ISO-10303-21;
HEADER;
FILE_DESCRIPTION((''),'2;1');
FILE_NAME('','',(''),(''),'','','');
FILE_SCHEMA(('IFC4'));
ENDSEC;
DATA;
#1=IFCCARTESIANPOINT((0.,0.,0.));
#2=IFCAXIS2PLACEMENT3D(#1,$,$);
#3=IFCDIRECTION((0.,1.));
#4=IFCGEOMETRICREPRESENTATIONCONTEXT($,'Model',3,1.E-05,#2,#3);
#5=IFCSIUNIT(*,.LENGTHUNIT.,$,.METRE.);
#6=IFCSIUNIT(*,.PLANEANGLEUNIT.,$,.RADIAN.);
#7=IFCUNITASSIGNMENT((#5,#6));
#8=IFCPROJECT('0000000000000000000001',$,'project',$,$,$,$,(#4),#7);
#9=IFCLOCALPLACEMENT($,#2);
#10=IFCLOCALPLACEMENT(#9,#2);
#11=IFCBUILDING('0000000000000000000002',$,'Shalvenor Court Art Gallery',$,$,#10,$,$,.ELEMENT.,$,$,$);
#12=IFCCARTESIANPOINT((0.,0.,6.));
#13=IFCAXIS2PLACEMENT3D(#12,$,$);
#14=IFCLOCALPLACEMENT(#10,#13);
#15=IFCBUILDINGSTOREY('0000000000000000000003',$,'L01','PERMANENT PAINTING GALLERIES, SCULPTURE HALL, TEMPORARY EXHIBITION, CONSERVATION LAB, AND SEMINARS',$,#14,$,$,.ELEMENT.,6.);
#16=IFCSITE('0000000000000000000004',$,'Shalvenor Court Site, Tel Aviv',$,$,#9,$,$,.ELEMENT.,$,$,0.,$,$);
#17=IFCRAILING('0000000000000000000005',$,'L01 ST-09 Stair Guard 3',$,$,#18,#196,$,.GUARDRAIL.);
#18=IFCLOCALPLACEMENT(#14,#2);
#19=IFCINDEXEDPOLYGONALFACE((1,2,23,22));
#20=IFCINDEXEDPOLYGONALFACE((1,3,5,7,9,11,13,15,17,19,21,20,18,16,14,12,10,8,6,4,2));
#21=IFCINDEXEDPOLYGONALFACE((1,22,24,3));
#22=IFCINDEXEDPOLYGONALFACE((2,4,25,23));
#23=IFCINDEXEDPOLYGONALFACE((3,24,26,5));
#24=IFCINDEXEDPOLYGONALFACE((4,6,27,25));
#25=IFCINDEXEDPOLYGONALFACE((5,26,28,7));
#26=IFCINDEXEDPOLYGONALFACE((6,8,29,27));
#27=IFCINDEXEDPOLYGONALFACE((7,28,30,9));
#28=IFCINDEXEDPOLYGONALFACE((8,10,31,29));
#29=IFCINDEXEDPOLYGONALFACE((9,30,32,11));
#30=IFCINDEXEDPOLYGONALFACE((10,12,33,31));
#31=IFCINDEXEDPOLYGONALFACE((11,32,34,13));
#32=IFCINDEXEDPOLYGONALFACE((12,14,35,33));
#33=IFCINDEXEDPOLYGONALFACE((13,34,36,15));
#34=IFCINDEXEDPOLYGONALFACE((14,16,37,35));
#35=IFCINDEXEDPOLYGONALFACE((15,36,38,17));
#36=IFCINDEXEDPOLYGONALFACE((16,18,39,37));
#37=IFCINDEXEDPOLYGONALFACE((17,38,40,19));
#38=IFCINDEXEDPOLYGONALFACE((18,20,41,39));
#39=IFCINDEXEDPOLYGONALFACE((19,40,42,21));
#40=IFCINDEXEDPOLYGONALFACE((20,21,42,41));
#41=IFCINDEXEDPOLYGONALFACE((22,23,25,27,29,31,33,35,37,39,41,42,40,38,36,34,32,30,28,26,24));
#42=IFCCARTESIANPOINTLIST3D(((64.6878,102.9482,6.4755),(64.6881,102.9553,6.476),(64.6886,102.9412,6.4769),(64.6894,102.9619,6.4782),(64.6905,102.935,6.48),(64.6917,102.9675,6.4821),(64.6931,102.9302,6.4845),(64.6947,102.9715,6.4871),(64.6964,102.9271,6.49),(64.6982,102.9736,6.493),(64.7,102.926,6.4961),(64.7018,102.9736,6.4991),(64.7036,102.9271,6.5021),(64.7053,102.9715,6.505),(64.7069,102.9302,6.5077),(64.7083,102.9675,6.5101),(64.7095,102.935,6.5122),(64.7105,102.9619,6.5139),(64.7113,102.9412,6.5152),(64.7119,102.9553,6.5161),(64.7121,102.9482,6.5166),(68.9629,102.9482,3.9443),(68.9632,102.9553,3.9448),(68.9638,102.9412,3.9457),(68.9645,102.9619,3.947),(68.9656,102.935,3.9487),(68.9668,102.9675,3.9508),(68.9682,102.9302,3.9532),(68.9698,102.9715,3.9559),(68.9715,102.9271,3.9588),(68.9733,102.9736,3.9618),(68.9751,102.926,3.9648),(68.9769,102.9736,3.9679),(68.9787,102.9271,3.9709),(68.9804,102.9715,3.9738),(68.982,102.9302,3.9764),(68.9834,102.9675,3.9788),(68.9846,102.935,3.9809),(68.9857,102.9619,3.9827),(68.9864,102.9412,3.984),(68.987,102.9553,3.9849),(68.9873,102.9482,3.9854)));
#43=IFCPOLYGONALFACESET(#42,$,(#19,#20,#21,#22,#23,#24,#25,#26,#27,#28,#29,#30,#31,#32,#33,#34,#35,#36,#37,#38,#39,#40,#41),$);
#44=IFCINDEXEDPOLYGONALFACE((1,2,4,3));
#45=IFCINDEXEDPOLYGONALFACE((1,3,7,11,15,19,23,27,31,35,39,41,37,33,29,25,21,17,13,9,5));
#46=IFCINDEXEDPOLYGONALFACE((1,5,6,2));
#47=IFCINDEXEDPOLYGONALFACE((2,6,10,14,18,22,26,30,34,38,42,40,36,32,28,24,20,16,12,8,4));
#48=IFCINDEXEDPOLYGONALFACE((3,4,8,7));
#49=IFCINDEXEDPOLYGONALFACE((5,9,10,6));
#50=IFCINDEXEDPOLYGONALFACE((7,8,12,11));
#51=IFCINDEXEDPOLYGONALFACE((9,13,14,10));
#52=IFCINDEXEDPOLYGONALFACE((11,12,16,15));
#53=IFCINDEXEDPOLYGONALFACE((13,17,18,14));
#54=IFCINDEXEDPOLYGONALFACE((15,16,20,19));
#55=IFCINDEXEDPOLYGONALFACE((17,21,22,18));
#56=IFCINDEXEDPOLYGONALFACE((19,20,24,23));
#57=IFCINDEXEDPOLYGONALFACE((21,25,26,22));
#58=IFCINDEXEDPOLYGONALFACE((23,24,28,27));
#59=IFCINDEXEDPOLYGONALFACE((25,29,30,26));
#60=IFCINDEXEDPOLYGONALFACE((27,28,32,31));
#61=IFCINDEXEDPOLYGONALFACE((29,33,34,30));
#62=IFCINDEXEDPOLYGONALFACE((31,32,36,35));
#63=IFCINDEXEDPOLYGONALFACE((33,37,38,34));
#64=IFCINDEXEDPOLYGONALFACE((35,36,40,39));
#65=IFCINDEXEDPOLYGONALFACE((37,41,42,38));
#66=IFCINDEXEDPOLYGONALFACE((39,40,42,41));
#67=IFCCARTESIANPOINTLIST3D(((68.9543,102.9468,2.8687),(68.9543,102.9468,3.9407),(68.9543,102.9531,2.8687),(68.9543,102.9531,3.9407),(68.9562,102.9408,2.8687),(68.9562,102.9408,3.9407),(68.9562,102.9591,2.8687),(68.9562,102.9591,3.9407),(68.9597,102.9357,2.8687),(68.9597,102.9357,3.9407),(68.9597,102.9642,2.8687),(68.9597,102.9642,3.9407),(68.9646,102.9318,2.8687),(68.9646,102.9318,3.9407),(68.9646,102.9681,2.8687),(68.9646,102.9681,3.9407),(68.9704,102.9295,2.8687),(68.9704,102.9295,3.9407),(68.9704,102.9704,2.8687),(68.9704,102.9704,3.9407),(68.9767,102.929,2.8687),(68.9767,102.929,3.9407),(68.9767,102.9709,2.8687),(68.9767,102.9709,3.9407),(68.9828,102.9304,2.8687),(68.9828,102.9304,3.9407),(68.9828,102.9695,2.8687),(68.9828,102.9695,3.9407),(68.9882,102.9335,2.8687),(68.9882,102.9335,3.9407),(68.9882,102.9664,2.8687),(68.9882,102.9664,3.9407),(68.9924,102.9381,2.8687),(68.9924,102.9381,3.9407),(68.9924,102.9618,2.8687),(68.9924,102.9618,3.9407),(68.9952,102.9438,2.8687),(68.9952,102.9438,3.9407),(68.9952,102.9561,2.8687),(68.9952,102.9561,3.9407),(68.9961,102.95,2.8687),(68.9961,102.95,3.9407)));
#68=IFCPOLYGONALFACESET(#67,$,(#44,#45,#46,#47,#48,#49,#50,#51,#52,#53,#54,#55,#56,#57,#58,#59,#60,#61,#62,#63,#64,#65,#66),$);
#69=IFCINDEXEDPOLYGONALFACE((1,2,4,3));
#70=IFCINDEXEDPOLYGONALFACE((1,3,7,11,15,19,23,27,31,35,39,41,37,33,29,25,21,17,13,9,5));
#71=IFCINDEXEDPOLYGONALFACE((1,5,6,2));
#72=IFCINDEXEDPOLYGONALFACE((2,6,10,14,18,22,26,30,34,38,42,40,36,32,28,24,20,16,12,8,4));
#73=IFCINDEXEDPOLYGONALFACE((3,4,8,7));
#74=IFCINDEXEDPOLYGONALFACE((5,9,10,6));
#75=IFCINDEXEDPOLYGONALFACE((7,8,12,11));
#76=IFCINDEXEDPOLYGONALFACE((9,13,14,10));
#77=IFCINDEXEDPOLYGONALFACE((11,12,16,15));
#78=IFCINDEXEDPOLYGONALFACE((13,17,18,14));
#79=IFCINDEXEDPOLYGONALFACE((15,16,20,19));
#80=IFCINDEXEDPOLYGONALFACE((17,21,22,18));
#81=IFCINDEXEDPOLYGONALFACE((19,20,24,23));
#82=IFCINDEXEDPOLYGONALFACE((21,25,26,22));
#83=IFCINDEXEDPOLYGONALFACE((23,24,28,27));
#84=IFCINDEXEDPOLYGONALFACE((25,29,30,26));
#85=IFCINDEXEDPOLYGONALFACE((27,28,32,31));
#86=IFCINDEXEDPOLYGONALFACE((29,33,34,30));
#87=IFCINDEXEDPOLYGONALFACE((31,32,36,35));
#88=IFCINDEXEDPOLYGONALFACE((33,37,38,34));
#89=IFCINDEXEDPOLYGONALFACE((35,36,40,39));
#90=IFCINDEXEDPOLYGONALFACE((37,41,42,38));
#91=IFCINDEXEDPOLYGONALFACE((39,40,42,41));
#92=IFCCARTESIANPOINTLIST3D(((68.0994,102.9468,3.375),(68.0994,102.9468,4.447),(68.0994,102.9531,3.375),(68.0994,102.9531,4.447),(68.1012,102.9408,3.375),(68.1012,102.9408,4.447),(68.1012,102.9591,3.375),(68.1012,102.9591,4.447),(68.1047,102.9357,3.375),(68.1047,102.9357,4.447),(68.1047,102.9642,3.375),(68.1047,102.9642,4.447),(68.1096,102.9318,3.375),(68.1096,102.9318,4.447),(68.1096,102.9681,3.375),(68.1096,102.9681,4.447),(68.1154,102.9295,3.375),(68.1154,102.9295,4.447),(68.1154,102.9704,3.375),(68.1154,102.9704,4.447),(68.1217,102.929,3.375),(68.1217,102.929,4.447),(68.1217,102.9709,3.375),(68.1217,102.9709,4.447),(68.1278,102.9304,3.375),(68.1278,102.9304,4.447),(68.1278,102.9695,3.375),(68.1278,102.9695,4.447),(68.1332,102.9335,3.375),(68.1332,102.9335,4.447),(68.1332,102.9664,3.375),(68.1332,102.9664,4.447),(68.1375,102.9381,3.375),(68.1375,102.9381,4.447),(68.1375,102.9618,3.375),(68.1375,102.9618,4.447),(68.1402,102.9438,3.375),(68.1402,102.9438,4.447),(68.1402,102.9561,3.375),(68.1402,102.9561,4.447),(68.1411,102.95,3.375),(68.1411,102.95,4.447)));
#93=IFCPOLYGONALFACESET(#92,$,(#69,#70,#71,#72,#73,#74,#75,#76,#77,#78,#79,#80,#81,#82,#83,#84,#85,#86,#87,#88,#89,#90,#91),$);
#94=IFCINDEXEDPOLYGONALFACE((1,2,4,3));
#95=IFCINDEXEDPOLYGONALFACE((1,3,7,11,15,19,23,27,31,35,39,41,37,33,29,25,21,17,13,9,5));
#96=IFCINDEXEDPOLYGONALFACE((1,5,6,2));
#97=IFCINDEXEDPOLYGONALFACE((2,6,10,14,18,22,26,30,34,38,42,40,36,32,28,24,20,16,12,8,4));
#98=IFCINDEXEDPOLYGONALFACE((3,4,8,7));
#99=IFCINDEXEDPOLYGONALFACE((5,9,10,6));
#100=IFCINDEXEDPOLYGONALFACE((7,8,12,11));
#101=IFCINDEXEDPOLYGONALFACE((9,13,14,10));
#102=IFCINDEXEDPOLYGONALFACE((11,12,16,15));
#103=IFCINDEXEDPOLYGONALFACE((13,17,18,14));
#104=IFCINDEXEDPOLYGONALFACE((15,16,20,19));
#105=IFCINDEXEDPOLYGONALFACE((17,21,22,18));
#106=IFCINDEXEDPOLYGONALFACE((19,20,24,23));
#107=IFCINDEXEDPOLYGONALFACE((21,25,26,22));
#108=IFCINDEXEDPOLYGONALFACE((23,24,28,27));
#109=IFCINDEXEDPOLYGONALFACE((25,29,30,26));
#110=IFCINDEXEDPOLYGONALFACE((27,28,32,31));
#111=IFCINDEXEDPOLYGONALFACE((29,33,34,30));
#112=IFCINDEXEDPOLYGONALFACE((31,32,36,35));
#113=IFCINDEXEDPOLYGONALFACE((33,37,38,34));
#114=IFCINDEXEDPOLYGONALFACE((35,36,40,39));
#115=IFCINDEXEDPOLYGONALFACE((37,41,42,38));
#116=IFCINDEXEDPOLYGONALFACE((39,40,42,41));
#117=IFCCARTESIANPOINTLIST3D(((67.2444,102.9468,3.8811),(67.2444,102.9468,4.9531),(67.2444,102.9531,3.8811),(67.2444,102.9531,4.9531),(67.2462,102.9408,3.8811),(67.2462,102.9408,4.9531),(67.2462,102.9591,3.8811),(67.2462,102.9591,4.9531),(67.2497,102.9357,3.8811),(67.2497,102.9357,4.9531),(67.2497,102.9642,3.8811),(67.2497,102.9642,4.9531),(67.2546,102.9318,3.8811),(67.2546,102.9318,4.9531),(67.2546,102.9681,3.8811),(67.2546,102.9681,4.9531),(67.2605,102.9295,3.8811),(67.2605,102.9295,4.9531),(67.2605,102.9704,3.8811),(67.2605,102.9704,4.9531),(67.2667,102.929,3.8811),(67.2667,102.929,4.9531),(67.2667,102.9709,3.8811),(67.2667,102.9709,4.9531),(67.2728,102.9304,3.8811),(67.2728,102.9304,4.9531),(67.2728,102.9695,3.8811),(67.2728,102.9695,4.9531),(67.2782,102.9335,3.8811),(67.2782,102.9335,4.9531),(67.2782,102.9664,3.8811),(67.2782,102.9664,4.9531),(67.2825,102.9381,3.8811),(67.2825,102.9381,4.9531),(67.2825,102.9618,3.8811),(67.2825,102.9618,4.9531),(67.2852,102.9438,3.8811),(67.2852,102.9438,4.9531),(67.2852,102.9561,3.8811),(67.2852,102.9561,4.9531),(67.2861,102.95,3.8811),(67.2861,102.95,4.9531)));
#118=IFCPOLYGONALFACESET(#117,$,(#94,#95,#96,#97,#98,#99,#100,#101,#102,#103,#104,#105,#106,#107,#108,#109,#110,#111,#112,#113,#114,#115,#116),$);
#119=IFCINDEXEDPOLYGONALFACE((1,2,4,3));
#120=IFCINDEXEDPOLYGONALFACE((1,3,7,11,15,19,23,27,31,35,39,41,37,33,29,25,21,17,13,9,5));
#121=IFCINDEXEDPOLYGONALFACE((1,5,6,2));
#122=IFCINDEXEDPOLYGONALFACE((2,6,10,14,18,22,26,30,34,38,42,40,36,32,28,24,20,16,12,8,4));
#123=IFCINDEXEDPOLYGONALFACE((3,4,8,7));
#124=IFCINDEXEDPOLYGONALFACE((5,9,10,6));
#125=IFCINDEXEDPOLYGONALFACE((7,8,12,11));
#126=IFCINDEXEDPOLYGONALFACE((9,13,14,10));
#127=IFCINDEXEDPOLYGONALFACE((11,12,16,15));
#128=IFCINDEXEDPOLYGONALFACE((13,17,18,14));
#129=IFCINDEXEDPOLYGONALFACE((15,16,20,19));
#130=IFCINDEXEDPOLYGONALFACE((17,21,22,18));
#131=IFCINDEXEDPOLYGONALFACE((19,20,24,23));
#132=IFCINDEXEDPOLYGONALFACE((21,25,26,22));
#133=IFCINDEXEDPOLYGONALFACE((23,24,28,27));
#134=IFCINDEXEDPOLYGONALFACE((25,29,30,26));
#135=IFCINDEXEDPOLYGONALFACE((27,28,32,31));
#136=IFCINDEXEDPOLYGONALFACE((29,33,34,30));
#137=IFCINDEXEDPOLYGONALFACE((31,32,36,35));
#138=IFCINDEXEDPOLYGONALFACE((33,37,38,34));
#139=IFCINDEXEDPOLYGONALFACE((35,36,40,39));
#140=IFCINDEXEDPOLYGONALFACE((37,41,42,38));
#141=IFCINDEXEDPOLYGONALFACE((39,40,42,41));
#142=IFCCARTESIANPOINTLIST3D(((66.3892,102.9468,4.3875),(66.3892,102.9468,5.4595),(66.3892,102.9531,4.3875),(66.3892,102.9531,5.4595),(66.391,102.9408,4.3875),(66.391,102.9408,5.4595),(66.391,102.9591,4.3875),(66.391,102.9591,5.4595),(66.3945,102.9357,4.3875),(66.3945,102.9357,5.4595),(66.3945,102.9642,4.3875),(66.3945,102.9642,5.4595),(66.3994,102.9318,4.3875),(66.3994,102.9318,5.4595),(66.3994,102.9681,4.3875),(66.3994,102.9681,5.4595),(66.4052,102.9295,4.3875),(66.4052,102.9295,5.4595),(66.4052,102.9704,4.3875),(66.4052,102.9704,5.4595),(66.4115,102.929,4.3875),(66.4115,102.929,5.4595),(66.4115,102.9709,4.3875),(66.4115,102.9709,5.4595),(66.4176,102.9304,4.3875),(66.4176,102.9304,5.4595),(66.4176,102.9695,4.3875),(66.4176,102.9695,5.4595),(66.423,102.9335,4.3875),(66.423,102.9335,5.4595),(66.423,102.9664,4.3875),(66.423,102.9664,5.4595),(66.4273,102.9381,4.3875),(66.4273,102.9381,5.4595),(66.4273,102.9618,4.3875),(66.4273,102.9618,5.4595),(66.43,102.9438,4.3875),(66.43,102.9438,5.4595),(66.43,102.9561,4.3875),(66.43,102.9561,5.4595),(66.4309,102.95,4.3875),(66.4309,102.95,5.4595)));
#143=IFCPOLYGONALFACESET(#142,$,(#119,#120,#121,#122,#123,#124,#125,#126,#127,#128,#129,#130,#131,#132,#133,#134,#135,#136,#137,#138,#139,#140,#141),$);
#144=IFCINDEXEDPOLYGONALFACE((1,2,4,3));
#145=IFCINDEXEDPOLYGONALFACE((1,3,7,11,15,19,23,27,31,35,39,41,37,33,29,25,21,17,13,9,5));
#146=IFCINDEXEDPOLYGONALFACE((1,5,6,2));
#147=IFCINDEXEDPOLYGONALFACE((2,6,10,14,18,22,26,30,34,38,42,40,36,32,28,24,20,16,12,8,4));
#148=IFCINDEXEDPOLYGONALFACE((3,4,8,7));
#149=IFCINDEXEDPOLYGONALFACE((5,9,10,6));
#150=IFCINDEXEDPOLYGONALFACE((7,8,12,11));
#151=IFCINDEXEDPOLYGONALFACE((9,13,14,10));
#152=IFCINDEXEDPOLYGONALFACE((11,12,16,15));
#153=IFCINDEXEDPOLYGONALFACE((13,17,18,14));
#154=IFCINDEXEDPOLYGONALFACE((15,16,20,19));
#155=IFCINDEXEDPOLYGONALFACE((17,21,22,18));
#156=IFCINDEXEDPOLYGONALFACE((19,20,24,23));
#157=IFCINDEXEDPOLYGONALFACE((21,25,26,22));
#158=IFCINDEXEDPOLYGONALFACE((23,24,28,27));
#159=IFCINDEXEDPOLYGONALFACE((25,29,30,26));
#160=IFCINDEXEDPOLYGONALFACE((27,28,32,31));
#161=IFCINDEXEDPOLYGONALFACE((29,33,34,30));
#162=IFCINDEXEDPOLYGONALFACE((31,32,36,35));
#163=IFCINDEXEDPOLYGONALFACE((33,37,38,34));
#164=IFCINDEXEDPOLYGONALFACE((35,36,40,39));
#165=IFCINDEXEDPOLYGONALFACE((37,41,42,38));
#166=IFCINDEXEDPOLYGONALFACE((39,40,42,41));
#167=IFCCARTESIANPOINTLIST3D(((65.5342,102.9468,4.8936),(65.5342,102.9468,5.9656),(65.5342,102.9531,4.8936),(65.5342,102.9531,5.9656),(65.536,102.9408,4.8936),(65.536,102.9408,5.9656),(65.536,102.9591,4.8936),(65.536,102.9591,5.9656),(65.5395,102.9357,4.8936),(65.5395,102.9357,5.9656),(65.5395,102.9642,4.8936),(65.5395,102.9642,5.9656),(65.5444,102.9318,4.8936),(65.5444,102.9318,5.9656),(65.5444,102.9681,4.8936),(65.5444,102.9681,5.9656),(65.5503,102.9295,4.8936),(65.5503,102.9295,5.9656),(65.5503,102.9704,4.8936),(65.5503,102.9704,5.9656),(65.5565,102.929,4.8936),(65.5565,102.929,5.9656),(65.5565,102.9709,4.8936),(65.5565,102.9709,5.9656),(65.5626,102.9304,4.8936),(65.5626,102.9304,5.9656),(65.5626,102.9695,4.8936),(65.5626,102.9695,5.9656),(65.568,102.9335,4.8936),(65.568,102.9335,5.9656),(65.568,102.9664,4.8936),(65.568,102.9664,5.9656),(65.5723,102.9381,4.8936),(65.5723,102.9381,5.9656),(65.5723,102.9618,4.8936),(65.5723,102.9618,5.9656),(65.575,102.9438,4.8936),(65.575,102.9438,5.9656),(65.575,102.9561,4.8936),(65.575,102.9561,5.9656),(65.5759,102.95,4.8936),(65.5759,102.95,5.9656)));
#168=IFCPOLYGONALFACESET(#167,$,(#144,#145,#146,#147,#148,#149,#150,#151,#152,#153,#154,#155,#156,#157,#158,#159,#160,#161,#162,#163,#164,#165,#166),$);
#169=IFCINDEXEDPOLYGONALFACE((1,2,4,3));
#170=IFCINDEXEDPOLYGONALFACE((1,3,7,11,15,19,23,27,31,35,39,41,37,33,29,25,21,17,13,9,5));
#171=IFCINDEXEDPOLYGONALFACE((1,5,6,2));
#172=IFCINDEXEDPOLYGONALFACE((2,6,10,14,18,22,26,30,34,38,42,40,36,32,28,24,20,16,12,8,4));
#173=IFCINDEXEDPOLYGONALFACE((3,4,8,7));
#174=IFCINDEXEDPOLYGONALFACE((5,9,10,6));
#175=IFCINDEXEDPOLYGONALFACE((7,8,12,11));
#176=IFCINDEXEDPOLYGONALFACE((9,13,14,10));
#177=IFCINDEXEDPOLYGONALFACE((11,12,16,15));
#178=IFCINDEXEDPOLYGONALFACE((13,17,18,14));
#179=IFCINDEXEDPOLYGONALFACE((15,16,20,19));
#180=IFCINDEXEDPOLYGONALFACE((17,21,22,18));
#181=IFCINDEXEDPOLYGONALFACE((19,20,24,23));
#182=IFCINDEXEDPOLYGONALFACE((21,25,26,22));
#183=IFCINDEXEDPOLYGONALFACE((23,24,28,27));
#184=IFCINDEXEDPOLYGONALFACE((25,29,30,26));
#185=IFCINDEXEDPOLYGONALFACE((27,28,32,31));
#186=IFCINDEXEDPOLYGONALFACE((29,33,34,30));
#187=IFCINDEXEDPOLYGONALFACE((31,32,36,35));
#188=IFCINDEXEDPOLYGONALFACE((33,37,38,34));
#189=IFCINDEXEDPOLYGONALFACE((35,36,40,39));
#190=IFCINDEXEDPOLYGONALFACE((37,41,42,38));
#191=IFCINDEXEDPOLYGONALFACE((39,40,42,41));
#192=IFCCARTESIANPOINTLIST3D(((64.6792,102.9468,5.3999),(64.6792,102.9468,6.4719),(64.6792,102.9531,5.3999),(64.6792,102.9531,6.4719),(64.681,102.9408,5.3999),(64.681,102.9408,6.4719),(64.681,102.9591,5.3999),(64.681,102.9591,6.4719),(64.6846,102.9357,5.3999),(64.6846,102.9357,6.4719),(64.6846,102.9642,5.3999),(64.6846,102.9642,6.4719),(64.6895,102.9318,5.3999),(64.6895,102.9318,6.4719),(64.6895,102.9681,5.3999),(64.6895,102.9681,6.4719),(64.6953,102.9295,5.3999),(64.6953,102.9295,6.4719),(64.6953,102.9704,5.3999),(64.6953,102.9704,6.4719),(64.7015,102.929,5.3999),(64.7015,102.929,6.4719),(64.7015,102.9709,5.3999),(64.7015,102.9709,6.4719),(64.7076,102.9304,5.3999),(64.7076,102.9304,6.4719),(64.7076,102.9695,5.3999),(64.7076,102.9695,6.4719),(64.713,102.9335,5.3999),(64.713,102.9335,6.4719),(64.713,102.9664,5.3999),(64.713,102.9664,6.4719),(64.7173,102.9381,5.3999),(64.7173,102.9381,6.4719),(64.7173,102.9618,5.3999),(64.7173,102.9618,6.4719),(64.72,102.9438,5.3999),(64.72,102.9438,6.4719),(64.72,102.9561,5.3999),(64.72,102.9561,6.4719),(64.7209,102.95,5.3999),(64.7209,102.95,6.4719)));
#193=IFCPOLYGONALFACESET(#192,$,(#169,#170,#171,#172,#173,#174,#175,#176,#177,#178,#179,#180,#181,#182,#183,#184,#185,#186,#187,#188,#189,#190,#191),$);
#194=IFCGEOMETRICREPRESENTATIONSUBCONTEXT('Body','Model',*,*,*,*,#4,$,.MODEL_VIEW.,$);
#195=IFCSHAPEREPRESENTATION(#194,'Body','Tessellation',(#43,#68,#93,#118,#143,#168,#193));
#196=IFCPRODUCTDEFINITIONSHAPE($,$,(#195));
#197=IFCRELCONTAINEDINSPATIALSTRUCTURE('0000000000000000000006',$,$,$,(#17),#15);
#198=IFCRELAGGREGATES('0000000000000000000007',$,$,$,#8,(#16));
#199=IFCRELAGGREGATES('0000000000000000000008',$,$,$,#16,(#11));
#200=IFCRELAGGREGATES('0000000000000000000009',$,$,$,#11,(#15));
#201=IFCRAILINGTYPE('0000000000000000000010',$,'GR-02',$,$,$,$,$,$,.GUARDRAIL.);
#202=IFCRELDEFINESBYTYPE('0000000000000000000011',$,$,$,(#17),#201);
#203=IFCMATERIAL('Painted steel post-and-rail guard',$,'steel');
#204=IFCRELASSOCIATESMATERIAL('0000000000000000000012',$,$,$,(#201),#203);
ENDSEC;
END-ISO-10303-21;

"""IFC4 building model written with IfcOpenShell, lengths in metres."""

from ifc_helpers import new_model, si_unit, direction, frame, origin, origin_2d, place, context, subcontext, project, spatial, circle, extrude, material, type_object, element, save


model = new_model("IFC4")

# Units and contexts
model_context = context("Model", 3, precision=1e-05, world=origin(), true_north=direction((0.0, 1.0)))
body_context = subcontext(model_context, "Body", "Model", "MODEL_VIEW")
ifc_project = project(units=[si_unit("LENGTHUNIT", "METRE"), si_unit("PLANEANGLEUNIT", "RADIAN")], contexts=[model_context])

# Site, building, storey
site_placement = place(None, origin())
site = spatial("IfcSite", under=ifc_project, at=site_placement, Name="Shalvenor Court Site, Tel Aviv", CompositionType="ELEMENT", RefElevation=0.0)
building_placement = place(site_placement, origin())
building = spatial("IfcBuilding", under=site, at=building_placement, Name="Shalvenor Court Art Gallery", CompositionType="ELEMENT")
storey_placement = place(building_placement, frame((0.0, 0.0, 6.0)))
storey = spatial("IfcBuildingStorey", under=building, at=storey_placement, Name="L01", Description="PERMANENT PAINTING GALLERIES, SCULPTURE HALL, TEMPORARY EXHIBITION, CONSERVATION LAB, AND SEMINARS", CompositionType="ELEMENT", Elevation=6.0)

# Railing
ifc_material_1 = material(Name="Painted steel post-and-rail guard", Category="steel")
railing_type_1 = type_object("IfcRailingType", Name="GR-02", PredefinedType="GUARDRAIL", material=ifc_material_1)
railing_1_placement = place(storey_placement, frame((68.9751, 102.95, 2.8687)))
element("IfcRailing", 1, at=railing_1_placement, inside=storey, type_object=railing_type_1, Name="L01 ST-09 Stair Guard 3", PredefinedType="GUARDRAIL", context=body_context, shape_type="SweptSolid", body=[
    extrude(circle(Radius=0.0239, at=origin_2d()), frame((0.0, 0.0, 1.0962), z_axis=(-0.860483, 0.0, 0.509479), x_axis=(0.0, -1.0, 0.0)), (0.0, 0.0, 1.0), 4.9683),
    extrude(circle(Radius=0.021, at=origin_2d()), origin(), (0.0, 0.0, 1.0), 1.072),
    extrude(circle(Radius=0.021, at=origin_2d()), frame((-0.855, 0.0, 0.5063)), (0.0, 0.0, 1.0), 1.072),
    extrude(circle(Radius=0.021, at=origin_2d()), frame((-1.71, 0.0, 1.0125)), (0.0, 0.0, 1.0), 1.072),
    extrude(circle(Radius=0.021, at=origin_2d()), frame((-2.5652, 0.0, 1.5188)), (0.0, 0.0, 1.0), 1.072),
    extrude(circle(Radius=0.021, at=origin_2d()), frame((-3.4202, 0.0, 2.0249)), (0.0, 0.0, 1.0), 1.072),
    extrude(circle(Radius=0.021, at=origin_2d()), frame((-4.2751, 0.0, 2.5312)), (0.0, 0.0, 1.0), 1.072),
])

save(model, "model.ifc")
